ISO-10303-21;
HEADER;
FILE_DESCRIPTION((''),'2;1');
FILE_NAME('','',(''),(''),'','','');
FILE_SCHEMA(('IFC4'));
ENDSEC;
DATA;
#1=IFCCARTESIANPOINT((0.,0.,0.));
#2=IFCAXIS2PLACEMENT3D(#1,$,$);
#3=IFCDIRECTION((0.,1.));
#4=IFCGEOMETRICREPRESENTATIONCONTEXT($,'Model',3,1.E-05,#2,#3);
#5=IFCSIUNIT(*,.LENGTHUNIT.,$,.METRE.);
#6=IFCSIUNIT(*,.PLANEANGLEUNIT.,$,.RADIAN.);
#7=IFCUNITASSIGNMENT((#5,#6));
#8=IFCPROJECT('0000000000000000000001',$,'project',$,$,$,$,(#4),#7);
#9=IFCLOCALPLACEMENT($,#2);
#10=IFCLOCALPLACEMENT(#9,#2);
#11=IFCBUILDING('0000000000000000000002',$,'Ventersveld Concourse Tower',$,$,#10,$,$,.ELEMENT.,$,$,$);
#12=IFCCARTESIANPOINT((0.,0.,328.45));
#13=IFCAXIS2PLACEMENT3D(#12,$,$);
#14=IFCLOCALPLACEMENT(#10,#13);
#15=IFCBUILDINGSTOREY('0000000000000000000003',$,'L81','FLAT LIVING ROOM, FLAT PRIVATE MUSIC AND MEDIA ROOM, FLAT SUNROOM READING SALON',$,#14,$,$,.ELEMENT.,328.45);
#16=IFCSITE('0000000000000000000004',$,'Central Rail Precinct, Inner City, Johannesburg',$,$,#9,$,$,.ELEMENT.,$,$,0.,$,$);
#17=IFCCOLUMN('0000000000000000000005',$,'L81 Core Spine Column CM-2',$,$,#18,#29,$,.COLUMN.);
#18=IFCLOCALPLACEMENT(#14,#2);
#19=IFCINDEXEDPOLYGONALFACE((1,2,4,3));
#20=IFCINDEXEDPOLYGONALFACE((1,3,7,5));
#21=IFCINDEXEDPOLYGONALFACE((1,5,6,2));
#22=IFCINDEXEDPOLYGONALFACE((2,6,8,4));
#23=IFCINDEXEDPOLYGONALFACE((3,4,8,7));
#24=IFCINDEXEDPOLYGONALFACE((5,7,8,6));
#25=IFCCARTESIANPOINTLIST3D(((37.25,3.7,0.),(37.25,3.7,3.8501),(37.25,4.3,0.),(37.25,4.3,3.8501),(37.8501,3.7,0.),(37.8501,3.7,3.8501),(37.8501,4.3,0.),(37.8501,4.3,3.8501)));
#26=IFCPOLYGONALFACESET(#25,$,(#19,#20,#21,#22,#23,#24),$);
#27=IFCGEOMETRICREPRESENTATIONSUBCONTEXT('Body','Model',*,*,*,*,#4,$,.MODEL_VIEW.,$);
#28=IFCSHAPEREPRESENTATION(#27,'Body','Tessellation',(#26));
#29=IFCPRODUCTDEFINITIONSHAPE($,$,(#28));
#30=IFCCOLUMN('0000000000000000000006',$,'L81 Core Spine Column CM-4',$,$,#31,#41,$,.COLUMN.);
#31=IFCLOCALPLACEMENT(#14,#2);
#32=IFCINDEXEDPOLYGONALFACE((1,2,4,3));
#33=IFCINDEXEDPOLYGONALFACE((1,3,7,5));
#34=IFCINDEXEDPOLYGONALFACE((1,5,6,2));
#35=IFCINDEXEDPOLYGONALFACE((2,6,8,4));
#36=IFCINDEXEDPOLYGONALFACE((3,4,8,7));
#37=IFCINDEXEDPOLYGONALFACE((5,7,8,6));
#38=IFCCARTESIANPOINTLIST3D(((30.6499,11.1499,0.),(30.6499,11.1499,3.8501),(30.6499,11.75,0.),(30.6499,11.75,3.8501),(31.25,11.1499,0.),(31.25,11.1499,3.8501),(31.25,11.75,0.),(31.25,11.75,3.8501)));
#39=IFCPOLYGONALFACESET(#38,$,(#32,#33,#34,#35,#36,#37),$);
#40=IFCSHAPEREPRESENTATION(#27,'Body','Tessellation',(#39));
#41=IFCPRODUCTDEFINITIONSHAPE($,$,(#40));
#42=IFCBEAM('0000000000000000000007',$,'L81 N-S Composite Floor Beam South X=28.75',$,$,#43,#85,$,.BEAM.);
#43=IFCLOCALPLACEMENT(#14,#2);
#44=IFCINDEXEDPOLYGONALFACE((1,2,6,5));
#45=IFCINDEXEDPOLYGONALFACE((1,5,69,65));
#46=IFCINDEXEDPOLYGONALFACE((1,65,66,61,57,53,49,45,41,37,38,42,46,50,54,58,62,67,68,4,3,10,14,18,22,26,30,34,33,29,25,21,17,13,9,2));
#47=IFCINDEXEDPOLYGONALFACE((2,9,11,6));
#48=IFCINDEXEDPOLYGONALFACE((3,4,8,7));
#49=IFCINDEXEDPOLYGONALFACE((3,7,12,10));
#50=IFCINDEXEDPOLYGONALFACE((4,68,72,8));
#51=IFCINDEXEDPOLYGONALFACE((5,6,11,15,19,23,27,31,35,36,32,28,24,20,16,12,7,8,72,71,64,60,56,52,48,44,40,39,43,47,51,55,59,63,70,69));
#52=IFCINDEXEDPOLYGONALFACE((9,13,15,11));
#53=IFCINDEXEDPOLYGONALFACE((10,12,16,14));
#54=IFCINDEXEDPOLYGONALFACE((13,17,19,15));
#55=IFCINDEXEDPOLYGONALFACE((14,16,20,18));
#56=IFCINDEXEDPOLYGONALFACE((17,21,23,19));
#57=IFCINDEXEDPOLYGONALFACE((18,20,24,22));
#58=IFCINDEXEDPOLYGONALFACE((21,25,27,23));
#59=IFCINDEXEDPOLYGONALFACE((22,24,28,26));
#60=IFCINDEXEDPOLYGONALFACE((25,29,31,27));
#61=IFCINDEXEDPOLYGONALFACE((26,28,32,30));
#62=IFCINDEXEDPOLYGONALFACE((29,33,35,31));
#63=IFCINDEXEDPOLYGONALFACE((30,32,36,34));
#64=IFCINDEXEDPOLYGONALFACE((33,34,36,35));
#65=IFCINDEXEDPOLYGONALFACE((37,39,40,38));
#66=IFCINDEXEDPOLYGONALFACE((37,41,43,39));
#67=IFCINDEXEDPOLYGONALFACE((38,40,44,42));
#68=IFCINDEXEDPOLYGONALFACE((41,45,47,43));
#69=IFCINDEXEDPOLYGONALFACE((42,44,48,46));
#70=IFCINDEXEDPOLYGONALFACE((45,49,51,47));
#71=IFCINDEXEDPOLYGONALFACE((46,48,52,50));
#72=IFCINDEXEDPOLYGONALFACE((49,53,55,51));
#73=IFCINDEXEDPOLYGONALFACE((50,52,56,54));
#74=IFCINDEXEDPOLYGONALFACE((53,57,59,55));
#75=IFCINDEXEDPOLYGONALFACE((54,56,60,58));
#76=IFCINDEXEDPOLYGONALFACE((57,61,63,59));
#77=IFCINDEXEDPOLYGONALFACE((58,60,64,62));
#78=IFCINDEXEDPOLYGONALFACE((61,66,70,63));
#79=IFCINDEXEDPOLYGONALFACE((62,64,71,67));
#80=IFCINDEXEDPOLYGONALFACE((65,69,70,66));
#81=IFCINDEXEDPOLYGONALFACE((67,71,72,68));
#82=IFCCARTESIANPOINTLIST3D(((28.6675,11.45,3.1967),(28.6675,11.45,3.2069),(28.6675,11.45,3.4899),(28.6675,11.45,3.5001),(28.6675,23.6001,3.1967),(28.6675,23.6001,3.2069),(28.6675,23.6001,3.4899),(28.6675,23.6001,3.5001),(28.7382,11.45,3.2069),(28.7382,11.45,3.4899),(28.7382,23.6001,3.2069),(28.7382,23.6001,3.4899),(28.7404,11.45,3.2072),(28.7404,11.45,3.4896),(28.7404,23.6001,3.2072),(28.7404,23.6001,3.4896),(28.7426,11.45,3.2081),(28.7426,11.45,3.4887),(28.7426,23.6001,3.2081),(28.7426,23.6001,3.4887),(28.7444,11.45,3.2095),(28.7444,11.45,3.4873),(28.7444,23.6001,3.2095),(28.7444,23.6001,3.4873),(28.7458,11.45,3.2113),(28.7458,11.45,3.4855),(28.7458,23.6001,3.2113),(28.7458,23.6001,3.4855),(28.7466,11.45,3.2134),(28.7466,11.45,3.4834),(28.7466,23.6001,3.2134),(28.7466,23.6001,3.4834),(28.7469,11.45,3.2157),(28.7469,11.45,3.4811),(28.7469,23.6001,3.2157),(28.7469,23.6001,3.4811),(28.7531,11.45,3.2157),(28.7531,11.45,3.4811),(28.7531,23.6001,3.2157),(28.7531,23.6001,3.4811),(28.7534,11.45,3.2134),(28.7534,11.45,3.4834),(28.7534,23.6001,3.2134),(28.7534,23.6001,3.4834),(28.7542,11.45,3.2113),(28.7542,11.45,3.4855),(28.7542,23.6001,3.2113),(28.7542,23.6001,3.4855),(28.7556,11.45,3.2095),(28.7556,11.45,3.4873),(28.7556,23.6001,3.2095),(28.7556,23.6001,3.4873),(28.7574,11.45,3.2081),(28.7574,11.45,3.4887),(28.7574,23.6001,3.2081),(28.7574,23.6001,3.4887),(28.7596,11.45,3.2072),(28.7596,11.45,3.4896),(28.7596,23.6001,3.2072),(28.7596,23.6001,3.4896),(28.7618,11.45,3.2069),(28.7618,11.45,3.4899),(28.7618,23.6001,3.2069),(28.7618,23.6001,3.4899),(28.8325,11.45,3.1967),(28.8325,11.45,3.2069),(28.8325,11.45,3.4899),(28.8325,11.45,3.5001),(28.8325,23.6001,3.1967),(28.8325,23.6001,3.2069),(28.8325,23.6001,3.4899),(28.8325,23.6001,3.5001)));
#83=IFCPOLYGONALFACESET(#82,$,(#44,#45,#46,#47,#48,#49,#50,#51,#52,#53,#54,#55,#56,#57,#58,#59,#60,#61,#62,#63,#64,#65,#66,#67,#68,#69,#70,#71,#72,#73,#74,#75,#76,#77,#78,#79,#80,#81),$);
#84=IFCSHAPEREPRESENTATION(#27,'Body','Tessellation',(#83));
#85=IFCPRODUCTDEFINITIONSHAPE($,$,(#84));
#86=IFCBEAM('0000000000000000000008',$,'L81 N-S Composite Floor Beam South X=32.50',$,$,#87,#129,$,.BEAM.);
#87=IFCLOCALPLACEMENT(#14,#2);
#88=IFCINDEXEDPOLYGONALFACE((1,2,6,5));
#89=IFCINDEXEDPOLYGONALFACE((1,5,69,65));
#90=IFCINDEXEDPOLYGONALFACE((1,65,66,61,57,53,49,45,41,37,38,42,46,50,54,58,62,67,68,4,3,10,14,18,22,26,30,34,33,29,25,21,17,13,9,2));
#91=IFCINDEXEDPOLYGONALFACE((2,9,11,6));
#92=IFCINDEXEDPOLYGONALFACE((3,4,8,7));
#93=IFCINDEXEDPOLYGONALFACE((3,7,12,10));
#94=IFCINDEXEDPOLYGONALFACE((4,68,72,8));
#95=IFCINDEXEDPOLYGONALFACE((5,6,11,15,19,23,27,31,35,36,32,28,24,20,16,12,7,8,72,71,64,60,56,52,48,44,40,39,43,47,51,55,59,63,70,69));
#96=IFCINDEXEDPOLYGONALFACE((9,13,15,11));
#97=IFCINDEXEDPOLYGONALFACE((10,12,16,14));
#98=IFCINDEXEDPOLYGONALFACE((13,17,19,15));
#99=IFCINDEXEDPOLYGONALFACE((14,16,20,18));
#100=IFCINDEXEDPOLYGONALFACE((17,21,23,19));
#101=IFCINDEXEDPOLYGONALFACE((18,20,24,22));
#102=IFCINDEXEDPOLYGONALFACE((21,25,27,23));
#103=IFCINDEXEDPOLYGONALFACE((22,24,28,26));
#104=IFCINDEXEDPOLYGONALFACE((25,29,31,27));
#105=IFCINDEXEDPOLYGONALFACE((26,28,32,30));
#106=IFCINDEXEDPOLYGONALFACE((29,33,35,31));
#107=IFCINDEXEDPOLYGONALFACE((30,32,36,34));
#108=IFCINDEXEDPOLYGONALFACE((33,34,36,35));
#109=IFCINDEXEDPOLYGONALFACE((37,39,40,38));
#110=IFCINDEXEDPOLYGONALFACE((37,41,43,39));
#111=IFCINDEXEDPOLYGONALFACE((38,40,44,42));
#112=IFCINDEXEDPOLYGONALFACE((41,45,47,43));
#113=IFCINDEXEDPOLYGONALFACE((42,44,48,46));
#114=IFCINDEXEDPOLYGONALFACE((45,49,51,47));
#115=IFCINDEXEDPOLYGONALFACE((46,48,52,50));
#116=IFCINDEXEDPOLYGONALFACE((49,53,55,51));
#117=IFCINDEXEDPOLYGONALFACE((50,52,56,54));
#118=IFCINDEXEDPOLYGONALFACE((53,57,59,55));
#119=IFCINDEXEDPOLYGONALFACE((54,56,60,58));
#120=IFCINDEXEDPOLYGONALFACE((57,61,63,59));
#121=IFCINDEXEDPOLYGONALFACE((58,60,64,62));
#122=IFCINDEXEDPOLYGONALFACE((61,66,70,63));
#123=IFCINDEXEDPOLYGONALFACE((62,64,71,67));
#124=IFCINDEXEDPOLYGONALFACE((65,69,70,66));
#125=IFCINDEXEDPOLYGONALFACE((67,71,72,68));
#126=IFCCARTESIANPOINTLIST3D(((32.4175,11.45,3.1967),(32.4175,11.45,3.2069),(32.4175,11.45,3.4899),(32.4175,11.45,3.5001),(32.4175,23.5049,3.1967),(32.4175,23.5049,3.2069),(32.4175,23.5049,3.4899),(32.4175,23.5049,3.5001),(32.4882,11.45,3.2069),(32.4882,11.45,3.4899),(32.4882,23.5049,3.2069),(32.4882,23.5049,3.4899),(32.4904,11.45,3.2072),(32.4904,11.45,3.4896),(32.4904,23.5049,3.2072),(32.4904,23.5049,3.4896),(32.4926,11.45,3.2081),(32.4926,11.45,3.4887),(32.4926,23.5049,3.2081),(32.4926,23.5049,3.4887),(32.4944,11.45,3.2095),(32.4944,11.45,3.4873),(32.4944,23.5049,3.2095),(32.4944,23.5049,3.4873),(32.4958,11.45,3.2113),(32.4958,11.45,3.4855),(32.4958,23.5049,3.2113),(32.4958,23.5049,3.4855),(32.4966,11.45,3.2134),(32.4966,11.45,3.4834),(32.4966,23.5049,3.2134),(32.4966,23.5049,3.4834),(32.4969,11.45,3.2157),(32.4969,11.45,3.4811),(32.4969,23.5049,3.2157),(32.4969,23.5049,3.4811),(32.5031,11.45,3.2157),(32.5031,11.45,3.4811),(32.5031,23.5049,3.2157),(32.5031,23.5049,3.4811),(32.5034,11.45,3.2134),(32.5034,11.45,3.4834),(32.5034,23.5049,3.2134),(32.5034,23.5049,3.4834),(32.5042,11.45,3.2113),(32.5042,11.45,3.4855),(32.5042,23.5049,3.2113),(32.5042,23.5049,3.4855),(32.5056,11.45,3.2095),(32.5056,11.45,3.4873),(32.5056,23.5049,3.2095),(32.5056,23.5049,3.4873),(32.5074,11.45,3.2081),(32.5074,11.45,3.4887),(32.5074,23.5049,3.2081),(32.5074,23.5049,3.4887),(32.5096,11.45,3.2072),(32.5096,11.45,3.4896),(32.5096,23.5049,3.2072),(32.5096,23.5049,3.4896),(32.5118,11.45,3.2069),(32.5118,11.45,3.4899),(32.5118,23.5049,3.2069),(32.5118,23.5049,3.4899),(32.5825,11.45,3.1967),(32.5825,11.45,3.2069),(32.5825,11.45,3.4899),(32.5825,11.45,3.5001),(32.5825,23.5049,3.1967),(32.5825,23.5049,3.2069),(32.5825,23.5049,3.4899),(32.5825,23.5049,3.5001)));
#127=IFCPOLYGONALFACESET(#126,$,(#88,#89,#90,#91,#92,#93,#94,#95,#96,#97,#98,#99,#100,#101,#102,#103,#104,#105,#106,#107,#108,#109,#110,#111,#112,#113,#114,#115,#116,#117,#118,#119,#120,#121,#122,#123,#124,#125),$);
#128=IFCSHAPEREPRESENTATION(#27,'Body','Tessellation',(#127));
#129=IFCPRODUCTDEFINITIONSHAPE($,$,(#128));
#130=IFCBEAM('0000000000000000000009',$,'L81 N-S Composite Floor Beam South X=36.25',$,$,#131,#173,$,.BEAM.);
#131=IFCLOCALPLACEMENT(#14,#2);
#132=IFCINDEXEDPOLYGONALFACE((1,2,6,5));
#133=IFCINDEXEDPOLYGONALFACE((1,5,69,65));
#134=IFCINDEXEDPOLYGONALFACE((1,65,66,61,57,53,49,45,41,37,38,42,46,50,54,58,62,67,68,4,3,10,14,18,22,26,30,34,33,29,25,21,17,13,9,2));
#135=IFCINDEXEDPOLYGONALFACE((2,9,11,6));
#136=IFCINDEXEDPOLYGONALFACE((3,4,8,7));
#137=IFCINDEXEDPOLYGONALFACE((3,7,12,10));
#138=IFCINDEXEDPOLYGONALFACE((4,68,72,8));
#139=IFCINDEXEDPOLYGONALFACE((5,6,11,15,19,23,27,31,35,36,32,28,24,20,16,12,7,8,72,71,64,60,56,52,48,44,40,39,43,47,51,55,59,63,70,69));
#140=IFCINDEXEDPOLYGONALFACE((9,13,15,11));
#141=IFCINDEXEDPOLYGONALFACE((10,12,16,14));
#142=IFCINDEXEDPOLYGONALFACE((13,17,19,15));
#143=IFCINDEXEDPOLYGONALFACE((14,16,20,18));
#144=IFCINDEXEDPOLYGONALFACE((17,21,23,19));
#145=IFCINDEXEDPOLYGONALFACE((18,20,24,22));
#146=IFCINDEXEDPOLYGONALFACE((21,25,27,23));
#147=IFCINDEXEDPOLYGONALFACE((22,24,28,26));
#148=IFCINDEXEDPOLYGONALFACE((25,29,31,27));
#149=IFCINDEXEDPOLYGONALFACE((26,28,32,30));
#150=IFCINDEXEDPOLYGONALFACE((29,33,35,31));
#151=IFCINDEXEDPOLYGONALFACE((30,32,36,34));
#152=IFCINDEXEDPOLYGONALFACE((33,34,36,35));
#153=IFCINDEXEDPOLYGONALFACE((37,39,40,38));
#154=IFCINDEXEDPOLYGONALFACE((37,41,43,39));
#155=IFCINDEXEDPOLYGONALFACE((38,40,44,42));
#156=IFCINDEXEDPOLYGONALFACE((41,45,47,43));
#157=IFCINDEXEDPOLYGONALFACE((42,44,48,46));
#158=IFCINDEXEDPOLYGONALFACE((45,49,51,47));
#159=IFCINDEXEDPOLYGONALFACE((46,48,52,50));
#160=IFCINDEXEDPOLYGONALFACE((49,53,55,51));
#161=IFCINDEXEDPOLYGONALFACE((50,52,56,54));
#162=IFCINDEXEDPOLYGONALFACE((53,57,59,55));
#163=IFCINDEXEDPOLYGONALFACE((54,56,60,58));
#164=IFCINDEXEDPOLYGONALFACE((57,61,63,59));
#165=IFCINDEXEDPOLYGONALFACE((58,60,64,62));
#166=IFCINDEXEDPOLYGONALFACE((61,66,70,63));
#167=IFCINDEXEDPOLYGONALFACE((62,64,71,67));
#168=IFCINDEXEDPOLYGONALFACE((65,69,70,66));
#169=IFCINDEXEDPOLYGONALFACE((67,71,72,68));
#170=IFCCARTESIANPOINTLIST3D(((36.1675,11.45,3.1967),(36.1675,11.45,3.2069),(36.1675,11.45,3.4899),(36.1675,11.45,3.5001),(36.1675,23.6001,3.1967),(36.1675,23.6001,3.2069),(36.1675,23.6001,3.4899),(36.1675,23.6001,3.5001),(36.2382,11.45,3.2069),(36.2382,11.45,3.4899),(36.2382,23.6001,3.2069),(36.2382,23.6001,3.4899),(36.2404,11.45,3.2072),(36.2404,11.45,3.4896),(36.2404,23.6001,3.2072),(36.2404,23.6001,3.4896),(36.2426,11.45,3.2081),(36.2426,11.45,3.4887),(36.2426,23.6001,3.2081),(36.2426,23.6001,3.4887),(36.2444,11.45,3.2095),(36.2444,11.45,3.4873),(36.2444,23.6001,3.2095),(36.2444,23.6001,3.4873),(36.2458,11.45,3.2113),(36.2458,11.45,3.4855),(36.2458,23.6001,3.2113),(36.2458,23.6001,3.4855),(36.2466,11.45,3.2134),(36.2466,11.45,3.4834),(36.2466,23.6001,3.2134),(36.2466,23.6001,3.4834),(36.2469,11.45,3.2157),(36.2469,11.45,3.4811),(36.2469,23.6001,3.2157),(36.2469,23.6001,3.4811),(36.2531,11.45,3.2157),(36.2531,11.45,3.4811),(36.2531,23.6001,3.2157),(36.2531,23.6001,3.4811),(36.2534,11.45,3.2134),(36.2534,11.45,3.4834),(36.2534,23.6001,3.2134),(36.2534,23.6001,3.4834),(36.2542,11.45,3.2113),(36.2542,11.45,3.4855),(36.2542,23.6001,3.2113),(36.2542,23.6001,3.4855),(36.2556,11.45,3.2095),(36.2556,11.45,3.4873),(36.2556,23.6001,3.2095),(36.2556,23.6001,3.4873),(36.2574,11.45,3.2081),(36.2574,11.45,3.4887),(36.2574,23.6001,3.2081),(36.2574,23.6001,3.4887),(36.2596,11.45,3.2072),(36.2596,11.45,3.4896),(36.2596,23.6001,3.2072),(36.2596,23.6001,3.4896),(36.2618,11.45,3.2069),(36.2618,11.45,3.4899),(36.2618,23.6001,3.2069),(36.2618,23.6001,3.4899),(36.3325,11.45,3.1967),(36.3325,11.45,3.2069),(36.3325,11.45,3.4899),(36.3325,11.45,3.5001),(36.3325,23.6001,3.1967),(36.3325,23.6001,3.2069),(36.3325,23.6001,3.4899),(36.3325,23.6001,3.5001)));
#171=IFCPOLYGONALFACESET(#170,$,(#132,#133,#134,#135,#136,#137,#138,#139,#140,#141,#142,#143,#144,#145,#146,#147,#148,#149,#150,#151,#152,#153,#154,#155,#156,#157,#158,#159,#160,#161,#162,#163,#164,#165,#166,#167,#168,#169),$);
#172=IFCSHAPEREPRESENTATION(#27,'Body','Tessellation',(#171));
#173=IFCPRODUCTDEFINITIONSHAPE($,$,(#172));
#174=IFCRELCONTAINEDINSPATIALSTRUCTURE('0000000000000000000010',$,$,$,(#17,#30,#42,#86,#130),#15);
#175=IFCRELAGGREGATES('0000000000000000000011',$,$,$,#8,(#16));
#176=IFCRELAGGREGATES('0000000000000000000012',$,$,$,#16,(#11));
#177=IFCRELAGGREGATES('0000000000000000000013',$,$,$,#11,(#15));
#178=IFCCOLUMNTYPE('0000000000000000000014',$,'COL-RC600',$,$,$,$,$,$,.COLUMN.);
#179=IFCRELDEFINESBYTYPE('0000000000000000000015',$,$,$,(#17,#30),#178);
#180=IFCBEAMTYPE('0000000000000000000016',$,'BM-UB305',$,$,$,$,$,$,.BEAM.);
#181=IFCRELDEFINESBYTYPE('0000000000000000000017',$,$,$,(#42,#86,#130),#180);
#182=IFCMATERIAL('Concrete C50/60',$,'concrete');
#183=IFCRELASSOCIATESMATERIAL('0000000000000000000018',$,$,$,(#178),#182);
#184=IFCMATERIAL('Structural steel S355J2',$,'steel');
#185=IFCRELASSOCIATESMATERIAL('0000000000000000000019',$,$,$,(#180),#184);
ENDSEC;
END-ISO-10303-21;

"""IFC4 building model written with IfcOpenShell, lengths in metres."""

from ifc_helpers import new_model, si_unit, direction, frame, origin, origin_2d, place, context, subcontext, project, spatial, rectangle, i_section, extrude, material, material_profile, profile_set, type_object, element, save


model = new_model("IFC4")

# Units and contexts
model_context = context("Model", 3, precision=1e-05, world=origin(), true_north=direction((0.0, 1.0)))
body_context = subcontext(model_context, "Body", "Model", "MODEL_VIEW")
ifc_project = project(units=[si_unit("LENGTHUNIT", "METRE"), si_unit("PLANEANGLEUNIT", "RADIAN")], contexts=[model_context])

# Site, building, storey
site_placement = place(None, origin())
site = spatial("IfcSite", under=ifc_project, at=site_placement, Name="Central Rail Precinct, Inner City, Johannesburg", CompositionType="ELEMENT", RefElevation=0.0)
building_placement = place(site_placement, origin())
building = spatial("IfcBuilding", under=site, at=building_placement, Name="Ventersveld Concourse Tower", CompositionType="ELEMENT")
storey_placement = place(building_placement, frame((0.0, 0.0, 328.45)))
storey = spatial("IfcBuildingStorey", under=building, at=storey_placement, Name="L81", Description="FLAT LIVING ROOM, FLAT PRIVATE MUSIC AND MEDIA ROOM, FLAT SUNROOM READING SALON", CompositionType="ELEMENT", Elevation=328.45)

# Columns
ifc_material_1 = material(Name="Concrete C50/60", Category="concrete")
ifc_material_profile_1 = material_profile(ifc_material_1, rectangle(XDim=0.6001, YDim=0.6001, at=origin_2d()), Name="RC 600x600")
ifc_profile_set_1 = profile_set([ifc_material_profile_1], Name="Concrete C50/60")
column_type = type_object("IfcColumnType", Name="COL-RC600", PredefinedType="COLUMN", material=ifc_profile_set_1)
for number, where, z_axis, x_axis, name in (
    (1, (37.55, 4.0, 0.0), (0.0, 0.0, 1.0), (1.0, 0.0, 0.0), "L81 Core Spine Column CM-2"),
    (2, (30.95, 11.45, 0.0), (0.0, 0.0, 1.0), (1.0, 0.0, 0.0), "L81 Core Spine Column CM-4"),
):
    element("IfcColumn", number, at=place(storey_placement, frame(where, z_axis=z_axis, x_axis=x_axis)), inside=storey, type_object=column_type, Name=name, PredefinedType="COLUMN", context=body_context, shape_type="SweptSolid", body=[
        extrude(rectangle(XDim=0.6001, YDim=0.6001, at=origin_2d()), origin(), (0.0, 0.0, 1.0), 3.8501),
    ])

# Beams
ifc_material_2 = material(Name="Structural steel S355J2", Category="steel")
ifc_material_profile_2 = material_profile(ifc_material_2, i_section(OverallWidth=0.165, OverallDepth=0.3035, WebThickness=0.0061, FlangeThickness=0.0103, FilletRadius=0.0088, at=origin_2d()), Name="UB 305x165x40")
ifc_profile_set_2 = profile_set([ifc_material_profile_2], Name="Structural steel S355J2")
beam_type_1 = type_object("IfcBeamType", Name="BM-UB305", PredefinedType="BEAM", material=ifc_profile_set_2)
beam_1_placement = place(storey_placement, frame((28.75, 11.45, 3.3484), z_axis=(0.0, 1.0, 0.0), x_axis=(-1.0, 0.0, 0.0)))
element("IfcBeam", 3, at=beam_1_placement, inside=storey, type_object=beam_type_1, Name="L81 N-S Composite Floor Beam South X=28.75", PredefinedType="BEAM", context=body_context, shape_type="SweptSolid", body=[
    extrude(i_section(OverallWidth=0.165, OverallDepth=0.3035, WebThickness=0.0061, FlangeThickness=0.0103, FilletRadius=0.0088, at=origin_2d()), origin(), (0.0, 0.0, 1.0), 12.1501),
])
beam_2_placement = place(storey_placement, frame((32.5, 11.45, 3.3484), z_axis=(0.0, 1.0, 0.0), x_axis=(-1.0, 0.0, 0.0)))
element("IfcBeam", 4, at=beam_2_placement, inside=storey, type_object=beam_type_1, Name="L81 N-S Composite Floor Beam South X=32.50", PredefinedType="BEAM", context=body_context, shape_type="SweptSolid", body=[
    extrude(i_section(OverallWidth=0.165, OverallDepth=0.3035, WebThickness=0.0061, FlangeThickness=0.0103, FilletRadius=0.0088, at=origin_2d()), origin(), (0.0, 0.0, 1.0), 12.0549),
])
beam_3_placement = place(storey_placement, frame((36.25, 11.45, 3.3484), z_axis=(0.0, 1.0, 0.0), x_axis=(-1.0, 0.0, 0.0)))
element("IfcBeam", 5, at=beam_3_placement, inside=storey, type_object=beam_type_1, Name="L81 N-S Composite Floor Beam South X=36.25", PredefinedType="BEAM", context=body_context, shape_type="SweptSolid", body=[
    extrude(i_section(OverallWidth=0.165, OverallDepth=0.3035, WebThickness=0.0061, FlangeThickness=0.0103, FilletRadius=0.0088, at=origin_2d()), origin(), (0.0, 0.0, 1.0), 12.1501),
])

save(model, "model.ifc")
